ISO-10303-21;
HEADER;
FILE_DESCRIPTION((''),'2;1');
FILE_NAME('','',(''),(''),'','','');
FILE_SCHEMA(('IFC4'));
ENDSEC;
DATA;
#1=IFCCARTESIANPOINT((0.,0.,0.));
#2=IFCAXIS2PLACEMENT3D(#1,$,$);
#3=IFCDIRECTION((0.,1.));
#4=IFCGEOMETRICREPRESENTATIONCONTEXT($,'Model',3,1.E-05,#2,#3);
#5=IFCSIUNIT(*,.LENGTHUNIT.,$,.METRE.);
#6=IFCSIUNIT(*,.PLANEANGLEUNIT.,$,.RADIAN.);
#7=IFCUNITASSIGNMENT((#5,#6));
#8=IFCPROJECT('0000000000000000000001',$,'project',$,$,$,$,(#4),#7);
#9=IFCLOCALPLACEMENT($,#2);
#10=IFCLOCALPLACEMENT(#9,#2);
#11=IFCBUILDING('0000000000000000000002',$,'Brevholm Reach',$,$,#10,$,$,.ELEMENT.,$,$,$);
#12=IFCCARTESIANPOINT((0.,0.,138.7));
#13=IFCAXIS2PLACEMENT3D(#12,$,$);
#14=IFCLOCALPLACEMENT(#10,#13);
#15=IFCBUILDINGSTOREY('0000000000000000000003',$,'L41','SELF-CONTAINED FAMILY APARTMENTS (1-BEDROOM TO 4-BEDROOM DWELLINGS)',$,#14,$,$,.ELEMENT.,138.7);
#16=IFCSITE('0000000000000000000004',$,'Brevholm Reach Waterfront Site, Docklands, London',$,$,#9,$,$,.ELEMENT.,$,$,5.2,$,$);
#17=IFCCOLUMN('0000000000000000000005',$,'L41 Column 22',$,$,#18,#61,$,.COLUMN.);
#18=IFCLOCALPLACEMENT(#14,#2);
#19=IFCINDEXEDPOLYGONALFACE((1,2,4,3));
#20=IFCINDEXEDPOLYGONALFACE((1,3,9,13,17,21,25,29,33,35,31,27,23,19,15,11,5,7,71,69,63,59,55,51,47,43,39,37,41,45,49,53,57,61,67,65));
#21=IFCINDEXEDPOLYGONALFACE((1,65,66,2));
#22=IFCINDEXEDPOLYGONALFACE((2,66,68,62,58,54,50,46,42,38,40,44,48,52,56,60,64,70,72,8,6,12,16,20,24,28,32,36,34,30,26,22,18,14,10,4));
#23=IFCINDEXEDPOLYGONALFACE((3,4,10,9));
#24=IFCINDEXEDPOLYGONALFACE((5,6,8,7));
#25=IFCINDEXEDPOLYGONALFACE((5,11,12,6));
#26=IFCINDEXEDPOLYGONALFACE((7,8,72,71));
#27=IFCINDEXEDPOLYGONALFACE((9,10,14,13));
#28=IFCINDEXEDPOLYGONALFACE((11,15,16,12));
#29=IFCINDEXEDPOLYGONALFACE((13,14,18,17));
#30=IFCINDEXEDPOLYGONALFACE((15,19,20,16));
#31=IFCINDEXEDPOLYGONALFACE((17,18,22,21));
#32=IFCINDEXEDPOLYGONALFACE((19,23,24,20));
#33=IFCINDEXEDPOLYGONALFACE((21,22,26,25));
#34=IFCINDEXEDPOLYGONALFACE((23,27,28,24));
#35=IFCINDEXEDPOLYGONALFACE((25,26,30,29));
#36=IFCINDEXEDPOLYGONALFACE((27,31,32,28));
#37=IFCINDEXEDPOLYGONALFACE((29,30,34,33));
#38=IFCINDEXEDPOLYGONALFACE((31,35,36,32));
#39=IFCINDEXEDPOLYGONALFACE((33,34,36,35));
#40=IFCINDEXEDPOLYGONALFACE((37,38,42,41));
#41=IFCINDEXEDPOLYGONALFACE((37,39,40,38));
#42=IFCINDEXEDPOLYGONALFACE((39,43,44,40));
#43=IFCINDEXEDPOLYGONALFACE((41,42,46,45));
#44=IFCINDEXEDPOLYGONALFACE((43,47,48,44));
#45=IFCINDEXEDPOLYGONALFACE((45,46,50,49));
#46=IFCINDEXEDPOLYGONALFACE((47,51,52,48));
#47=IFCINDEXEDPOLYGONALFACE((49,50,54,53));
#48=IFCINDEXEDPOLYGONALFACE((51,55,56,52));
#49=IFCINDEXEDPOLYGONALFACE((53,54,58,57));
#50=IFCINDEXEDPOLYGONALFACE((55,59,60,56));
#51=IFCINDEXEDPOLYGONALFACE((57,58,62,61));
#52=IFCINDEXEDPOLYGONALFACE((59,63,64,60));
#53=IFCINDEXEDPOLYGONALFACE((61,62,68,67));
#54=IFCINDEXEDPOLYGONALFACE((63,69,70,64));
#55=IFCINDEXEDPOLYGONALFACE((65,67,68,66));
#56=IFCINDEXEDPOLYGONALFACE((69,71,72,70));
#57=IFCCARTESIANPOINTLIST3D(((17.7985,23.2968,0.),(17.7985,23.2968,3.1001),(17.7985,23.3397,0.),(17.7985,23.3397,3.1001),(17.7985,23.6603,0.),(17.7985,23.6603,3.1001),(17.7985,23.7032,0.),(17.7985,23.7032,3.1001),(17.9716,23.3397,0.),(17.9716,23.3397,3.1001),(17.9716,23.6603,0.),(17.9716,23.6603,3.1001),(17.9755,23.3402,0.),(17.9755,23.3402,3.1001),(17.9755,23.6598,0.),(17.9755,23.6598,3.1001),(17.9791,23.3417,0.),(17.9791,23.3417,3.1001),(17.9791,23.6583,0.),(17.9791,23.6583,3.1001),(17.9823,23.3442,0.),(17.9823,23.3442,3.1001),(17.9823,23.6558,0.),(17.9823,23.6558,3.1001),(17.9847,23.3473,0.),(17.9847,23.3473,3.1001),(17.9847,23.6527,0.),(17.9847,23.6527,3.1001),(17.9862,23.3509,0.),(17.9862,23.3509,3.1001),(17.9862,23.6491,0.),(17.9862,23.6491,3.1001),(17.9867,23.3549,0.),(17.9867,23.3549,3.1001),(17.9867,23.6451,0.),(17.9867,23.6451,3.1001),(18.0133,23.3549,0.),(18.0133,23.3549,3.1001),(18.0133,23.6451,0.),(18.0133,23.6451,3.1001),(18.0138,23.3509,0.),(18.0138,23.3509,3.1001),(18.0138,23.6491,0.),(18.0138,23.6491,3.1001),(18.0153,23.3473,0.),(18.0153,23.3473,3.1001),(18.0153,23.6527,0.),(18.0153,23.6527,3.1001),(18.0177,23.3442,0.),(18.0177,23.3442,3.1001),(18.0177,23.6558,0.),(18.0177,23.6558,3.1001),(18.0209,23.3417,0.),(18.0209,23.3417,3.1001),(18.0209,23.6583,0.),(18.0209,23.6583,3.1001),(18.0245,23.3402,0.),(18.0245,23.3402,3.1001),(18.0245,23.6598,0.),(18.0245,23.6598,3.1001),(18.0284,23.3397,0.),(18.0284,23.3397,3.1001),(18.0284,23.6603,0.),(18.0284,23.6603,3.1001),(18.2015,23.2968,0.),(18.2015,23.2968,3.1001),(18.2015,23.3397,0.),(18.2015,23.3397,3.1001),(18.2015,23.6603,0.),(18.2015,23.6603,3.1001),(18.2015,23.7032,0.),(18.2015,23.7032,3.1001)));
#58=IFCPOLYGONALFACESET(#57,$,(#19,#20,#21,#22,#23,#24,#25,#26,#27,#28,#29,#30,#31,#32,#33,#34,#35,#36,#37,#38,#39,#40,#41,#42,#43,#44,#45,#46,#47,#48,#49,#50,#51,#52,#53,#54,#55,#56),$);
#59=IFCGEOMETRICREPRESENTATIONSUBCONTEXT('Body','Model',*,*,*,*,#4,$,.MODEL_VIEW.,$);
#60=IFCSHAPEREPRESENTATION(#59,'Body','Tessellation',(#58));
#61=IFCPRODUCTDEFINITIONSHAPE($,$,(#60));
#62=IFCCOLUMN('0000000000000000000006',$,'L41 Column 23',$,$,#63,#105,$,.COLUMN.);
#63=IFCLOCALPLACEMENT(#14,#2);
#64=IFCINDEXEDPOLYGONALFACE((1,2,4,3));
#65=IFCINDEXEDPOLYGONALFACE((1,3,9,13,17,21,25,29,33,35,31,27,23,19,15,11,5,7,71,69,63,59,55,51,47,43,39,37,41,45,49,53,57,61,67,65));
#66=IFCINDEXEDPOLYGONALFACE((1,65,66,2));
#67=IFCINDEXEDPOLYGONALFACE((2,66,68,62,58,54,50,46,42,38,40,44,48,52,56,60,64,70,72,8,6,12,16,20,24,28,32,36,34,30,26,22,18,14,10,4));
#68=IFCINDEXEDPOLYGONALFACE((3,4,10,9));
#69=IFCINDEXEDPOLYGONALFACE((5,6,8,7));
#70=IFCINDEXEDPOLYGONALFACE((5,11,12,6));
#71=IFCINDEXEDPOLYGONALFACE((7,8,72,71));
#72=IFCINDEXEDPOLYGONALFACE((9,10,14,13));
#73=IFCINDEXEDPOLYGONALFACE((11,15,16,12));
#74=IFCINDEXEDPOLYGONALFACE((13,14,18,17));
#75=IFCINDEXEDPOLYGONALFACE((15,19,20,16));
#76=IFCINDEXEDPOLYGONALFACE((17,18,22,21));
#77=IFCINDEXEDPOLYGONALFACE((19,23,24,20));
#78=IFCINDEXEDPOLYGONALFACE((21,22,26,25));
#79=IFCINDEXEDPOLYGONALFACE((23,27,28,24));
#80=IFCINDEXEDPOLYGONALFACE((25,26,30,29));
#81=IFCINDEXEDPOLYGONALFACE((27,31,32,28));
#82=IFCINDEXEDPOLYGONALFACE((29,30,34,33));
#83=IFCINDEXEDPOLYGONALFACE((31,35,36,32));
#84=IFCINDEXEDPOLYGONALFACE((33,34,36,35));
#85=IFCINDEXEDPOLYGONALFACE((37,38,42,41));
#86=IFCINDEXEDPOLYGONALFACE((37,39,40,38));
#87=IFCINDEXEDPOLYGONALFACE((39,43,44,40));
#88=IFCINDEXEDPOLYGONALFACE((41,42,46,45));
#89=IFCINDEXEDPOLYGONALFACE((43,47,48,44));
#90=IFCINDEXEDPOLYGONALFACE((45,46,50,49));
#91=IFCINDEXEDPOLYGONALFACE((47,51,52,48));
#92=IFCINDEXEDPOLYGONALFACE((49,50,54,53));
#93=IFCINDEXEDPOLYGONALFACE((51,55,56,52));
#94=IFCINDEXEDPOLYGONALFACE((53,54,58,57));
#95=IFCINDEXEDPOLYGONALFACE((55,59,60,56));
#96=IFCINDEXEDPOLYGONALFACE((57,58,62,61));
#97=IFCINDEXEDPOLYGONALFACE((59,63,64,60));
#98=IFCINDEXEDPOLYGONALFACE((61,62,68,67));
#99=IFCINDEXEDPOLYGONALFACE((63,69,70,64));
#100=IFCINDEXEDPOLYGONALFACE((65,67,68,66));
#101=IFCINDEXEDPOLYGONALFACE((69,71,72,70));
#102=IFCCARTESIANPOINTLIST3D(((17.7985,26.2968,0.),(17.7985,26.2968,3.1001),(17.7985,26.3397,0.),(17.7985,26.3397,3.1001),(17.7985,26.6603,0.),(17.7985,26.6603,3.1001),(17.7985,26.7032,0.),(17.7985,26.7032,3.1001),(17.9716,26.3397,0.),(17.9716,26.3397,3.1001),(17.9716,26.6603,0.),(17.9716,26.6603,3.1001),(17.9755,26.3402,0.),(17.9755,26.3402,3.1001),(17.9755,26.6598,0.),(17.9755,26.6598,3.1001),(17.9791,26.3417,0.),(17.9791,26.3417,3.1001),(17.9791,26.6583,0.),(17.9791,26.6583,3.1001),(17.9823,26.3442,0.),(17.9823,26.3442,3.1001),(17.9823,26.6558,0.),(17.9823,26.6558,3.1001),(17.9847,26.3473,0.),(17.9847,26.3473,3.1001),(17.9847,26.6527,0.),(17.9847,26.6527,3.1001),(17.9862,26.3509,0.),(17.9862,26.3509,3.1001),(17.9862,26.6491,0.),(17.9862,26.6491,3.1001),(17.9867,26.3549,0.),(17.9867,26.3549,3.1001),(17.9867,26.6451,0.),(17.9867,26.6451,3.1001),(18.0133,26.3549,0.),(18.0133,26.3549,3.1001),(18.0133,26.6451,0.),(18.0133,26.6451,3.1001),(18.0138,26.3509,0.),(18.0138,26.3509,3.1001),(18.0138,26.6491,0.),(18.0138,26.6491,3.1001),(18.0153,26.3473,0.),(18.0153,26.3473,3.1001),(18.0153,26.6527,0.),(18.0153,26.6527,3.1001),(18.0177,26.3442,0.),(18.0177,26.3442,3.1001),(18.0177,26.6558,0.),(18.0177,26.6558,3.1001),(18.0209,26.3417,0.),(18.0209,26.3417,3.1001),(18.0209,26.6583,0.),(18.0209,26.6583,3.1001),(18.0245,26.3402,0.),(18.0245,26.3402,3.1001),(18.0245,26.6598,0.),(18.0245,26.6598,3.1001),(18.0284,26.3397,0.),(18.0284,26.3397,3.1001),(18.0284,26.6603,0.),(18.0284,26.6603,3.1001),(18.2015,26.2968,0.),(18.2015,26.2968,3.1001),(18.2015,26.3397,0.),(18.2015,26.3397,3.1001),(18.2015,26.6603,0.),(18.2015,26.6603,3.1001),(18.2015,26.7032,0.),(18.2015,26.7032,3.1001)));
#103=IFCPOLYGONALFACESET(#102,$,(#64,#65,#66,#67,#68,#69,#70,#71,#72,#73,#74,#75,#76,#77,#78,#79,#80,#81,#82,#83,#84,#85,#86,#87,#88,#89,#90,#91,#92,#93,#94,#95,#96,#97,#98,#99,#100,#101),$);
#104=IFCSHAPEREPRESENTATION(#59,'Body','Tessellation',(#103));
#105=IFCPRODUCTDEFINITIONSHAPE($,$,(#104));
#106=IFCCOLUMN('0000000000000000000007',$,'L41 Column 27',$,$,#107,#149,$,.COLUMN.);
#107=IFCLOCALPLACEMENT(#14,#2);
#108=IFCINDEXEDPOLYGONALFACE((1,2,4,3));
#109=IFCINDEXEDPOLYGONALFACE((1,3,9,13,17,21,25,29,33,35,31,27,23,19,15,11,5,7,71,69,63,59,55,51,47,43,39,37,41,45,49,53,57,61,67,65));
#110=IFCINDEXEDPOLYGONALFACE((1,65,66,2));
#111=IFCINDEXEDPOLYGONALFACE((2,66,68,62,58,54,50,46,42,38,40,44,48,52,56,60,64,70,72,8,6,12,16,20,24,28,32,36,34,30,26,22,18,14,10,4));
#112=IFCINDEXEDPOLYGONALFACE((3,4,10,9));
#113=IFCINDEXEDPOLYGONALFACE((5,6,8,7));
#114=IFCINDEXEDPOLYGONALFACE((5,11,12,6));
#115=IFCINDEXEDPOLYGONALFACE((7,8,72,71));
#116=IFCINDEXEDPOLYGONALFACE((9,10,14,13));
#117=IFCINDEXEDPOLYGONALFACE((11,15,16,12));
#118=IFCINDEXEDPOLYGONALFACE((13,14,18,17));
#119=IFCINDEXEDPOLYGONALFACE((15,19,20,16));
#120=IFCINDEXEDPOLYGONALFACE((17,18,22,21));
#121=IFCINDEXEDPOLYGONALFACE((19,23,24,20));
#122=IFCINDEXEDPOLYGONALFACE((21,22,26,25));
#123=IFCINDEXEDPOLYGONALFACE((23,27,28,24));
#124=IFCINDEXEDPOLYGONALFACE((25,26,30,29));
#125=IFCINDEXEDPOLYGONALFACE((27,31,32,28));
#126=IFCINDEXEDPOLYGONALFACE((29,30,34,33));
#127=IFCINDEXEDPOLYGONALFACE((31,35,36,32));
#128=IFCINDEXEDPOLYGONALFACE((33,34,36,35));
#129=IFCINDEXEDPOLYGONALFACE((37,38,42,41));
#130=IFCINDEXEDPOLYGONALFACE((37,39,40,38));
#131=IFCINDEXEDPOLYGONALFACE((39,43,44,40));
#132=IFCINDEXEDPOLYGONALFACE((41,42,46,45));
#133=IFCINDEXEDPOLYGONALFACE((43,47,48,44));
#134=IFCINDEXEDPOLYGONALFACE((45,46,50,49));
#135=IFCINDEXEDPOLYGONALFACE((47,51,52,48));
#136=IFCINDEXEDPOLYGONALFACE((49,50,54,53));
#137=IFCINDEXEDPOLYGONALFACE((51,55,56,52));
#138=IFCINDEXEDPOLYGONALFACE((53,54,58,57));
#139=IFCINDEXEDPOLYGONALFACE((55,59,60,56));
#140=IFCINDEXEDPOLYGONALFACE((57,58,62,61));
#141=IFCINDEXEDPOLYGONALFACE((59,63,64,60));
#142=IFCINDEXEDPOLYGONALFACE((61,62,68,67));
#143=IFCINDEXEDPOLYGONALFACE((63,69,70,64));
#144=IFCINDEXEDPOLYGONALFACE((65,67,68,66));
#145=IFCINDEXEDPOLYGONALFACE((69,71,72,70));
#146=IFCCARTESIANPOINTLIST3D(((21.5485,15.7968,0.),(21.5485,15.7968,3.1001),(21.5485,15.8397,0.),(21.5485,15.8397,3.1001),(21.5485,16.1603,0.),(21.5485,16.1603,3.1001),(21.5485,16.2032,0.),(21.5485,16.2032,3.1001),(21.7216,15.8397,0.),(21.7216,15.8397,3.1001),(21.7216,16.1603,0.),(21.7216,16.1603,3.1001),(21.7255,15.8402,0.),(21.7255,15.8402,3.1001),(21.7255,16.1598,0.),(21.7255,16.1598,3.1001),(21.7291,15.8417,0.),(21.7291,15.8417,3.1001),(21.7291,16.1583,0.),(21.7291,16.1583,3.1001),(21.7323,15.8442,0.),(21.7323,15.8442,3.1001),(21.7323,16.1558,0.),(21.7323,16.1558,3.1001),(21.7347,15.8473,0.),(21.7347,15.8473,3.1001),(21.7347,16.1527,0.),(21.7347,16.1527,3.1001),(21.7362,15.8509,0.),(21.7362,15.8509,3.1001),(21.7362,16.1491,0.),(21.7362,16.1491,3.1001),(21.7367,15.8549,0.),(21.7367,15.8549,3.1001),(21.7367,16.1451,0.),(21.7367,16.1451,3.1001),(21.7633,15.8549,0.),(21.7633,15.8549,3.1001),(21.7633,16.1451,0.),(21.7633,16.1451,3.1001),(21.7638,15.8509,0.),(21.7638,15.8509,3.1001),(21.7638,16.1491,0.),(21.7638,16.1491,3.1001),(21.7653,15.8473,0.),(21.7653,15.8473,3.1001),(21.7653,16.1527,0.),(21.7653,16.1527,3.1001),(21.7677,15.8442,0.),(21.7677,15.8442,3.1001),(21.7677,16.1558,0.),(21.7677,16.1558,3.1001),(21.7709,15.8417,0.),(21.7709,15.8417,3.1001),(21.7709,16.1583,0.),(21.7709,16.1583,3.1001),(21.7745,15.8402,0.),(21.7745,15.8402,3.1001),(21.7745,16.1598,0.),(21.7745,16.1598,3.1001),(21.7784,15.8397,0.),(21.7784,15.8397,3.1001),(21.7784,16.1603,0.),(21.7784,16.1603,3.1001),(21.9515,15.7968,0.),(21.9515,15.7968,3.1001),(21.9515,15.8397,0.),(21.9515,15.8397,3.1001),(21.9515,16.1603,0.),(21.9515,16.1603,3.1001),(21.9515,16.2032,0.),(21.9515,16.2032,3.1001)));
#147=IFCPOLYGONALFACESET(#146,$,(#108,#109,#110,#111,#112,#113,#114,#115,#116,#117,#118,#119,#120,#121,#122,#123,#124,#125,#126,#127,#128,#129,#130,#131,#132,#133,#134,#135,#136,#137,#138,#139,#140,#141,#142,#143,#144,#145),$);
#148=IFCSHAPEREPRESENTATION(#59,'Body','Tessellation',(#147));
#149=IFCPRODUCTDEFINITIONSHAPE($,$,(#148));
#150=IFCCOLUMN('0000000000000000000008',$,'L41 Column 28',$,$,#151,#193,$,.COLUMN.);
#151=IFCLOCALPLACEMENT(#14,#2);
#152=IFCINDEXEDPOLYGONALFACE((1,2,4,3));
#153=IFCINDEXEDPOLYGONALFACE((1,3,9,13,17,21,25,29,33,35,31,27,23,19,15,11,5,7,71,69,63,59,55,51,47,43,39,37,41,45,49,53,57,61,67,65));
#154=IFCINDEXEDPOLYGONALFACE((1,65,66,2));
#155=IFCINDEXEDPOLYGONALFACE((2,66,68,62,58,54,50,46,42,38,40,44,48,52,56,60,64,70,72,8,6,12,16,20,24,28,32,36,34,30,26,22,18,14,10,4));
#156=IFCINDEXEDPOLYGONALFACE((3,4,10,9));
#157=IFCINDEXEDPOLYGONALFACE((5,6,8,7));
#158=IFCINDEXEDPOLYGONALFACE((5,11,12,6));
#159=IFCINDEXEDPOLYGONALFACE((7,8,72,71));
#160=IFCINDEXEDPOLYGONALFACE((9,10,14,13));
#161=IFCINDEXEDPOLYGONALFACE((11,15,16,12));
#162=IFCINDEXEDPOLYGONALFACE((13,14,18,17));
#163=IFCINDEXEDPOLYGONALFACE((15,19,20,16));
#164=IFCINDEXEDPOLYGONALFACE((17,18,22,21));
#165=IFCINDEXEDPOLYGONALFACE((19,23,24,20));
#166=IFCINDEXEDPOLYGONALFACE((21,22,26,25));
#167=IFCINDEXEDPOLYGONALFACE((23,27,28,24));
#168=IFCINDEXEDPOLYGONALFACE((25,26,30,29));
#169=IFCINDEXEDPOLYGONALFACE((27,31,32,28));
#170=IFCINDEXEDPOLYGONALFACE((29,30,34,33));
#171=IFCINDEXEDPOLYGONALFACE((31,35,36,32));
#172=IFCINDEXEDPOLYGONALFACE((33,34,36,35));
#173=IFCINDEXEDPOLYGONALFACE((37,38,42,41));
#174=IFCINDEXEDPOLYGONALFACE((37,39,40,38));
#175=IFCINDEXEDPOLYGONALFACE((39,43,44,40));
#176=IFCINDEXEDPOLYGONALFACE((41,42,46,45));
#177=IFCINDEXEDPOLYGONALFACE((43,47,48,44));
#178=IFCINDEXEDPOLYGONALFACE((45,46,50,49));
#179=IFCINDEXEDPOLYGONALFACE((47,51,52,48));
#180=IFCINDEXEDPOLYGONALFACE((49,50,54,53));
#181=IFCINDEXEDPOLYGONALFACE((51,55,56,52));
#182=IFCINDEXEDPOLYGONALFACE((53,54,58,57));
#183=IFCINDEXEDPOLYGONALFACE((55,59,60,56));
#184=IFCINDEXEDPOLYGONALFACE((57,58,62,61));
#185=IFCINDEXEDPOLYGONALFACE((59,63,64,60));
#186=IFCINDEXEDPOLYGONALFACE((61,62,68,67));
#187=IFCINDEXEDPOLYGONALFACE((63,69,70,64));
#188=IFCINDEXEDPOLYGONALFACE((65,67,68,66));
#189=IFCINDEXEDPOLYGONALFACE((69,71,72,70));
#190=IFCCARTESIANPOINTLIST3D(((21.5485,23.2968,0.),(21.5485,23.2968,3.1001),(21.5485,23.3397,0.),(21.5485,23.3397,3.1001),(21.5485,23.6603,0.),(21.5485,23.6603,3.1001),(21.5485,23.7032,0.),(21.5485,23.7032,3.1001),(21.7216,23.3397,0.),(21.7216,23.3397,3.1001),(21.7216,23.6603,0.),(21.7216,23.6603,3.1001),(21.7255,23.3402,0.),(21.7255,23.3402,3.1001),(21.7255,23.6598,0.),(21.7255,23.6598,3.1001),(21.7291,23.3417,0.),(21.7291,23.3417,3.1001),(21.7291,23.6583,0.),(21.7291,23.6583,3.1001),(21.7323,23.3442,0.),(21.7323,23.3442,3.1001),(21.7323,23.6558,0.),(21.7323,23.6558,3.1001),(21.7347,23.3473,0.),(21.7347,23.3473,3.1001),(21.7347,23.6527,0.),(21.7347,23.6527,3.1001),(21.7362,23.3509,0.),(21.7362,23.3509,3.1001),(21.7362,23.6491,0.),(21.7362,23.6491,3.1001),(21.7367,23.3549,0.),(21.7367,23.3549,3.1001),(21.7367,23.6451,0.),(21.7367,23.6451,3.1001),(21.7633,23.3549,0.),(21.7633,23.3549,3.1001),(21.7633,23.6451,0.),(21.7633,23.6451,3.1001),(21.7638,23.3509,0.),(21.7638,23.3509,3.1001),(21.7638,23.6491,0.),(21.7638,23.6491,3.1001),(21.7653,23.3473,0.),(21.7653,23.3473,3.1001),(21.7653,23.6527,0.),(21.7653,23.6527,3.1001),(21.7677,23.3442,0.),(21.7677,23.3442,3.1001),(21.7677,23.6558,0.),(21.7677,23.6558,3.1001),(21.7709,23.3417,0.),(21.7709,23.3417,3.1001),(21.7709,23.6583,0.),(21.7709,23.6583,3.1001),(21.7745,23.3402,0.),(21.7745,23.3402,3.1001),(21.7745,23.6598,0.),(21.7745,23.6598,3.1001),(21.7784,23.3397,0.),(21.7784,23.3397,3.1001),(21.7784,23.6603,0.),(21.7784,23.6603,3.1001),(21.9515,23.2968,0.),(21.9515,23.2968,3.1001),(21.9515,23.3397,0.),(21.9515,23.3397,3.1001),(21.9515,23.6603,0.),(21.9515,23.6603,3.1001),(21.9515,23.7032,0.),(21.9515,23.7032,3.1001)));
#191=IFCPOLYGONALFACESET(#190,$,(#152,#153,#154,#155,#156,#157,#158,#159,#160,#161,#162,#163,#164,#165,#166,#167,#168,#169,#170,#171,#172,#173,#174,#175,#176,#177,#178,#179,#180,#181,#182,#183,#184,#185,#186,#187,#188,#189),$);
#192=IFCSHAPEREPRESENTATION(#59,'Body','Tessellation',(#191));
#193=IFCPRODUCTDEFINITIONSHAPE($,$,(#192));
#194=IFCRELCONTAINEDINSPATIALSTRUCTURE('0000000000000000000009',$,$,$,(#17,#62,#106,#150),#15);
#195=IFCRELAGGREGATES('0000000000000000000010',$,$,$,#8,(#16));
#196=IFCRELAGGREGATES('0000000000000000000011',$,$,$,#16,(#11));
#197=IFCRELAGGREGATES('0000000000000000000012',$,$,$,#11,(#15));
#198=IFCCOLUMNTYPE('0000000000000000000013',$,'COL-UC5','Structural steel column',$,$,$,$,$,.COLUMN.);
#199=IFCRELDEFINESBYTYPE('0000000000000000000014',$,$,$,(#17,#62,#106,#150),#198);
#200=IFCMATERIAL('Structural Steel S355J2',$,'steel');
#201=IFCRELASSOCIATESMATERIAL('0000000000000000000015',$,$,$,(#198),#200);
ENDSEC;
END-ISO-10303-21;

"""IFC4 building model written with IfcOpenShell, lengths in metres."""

from ifc_helpers import new_model, si_unit, direction, frame, origin, origin_2d, place, context, subcontext, project, spatial, i_section, extrude, material, material_profile, profile_set, type_object, element, save


model = new_model("IFC4")

# Units and contexts
model_context = context("Model", 3, precision=1e-05, world=origin(), true_north=direction((0.0, 1.0)))
body_context = subcontext(model_context, "Body", "Model", "MODEL_VIEW")
ifc_project = project(units=[si_unit("LENGTHUNIT", "METRE"), si_unit("PLANEANGLEUNIT", "RADIAN")], contexts=[model_context])

# Site, building, storey
site_placement = place(None, origin())
site = spatial("IfcSite", under=ifc_project, at=site_placement, Name="Brevholm Reach Waterfront Site, Docklands, London", CompositionType="ELEMENT", RefElevation=5.2)
building_placement = place(site_placement, origin())
building = spatial("IfcBuilding", under=site, at=building_placement, Name="Brevholm Reach", CompositionType="ELEMENT")
storey_placement = place(building_placement, frame((0.0, 0.0, 138.7)))
storey = spatial("IfcBuildingStorey", under=building, at=storey_placement, Name="L41", Description="SELF-CONTAINED FAMILY APARTMENTS (1-BEDROOM TO 4-BEDROOM DWELLINGS)", CompositionType="ELEMENT", Elevation=138.7)

# Columns
ifc_material_1 = material(Name="Structural Steel S355J2", Category="steel")
ifc_material_profile_1 = material_profile(ifc_material_1, i_section(OverallWidth=0.4031, OverallDepth=0.4065, WebThickness=0.0266, FlangeThickness=0.043, FilletRadius=0.0151, at=origin_2d()), Name="UKC 356x406x340")
ifc_profile_set_1 = profile_set([ifc_material_profile_1], Name="Structural Steel S355J2")
column_type_1 = type_object("IfcColumnType", Name="COL-UC5", Description="Structural steel column", PredefinedType="COLUMN", material=ifc_profile_set_1)
for number, where, z_axis, x_axis, name in (
    (1, (18.0, 23.5, 0.0), (0.0, 0.0, 1.0), (1.0, 0.0, 0.0), "L41 Column 22"),
    (2, (18.0, 26.5, 0.0), (0.0, 0.0, 1.0), (1.0, 0.0, 0.0), "L41 Column 23"),
    (3, (21.75, 16.0, 0.0), (0.0, 0.0, 1.0), (1.0, 0.0, 0.0), "L41 Column 27"),
    (4, (21.75, 23.5, 0.0), (0.0, 0.0, 1.0), (1.0, 0.0, 0.0), "L41 Column 28"),
):
    element("IfcColumn", number, at=place(storey_placement, frame(where, z_axis=z_axis, x_axis=x_axis)), inside=storey, type_object=column_type_1, Name=name, PredefinedType="COLUMN", context=body_context, shape_type="SweptSolid", body=[
        extrude(i_section(OverallWidth=0.4031, OverallDepth=0.4065, WebThickness=0.0266, FlangeThickness=0.043, FilletRadius=0.0151, at=origin_2d()), origin(), (0.0, 0.0, 1.0), 3.1001),
    ])

save(model, "model.ifc")
